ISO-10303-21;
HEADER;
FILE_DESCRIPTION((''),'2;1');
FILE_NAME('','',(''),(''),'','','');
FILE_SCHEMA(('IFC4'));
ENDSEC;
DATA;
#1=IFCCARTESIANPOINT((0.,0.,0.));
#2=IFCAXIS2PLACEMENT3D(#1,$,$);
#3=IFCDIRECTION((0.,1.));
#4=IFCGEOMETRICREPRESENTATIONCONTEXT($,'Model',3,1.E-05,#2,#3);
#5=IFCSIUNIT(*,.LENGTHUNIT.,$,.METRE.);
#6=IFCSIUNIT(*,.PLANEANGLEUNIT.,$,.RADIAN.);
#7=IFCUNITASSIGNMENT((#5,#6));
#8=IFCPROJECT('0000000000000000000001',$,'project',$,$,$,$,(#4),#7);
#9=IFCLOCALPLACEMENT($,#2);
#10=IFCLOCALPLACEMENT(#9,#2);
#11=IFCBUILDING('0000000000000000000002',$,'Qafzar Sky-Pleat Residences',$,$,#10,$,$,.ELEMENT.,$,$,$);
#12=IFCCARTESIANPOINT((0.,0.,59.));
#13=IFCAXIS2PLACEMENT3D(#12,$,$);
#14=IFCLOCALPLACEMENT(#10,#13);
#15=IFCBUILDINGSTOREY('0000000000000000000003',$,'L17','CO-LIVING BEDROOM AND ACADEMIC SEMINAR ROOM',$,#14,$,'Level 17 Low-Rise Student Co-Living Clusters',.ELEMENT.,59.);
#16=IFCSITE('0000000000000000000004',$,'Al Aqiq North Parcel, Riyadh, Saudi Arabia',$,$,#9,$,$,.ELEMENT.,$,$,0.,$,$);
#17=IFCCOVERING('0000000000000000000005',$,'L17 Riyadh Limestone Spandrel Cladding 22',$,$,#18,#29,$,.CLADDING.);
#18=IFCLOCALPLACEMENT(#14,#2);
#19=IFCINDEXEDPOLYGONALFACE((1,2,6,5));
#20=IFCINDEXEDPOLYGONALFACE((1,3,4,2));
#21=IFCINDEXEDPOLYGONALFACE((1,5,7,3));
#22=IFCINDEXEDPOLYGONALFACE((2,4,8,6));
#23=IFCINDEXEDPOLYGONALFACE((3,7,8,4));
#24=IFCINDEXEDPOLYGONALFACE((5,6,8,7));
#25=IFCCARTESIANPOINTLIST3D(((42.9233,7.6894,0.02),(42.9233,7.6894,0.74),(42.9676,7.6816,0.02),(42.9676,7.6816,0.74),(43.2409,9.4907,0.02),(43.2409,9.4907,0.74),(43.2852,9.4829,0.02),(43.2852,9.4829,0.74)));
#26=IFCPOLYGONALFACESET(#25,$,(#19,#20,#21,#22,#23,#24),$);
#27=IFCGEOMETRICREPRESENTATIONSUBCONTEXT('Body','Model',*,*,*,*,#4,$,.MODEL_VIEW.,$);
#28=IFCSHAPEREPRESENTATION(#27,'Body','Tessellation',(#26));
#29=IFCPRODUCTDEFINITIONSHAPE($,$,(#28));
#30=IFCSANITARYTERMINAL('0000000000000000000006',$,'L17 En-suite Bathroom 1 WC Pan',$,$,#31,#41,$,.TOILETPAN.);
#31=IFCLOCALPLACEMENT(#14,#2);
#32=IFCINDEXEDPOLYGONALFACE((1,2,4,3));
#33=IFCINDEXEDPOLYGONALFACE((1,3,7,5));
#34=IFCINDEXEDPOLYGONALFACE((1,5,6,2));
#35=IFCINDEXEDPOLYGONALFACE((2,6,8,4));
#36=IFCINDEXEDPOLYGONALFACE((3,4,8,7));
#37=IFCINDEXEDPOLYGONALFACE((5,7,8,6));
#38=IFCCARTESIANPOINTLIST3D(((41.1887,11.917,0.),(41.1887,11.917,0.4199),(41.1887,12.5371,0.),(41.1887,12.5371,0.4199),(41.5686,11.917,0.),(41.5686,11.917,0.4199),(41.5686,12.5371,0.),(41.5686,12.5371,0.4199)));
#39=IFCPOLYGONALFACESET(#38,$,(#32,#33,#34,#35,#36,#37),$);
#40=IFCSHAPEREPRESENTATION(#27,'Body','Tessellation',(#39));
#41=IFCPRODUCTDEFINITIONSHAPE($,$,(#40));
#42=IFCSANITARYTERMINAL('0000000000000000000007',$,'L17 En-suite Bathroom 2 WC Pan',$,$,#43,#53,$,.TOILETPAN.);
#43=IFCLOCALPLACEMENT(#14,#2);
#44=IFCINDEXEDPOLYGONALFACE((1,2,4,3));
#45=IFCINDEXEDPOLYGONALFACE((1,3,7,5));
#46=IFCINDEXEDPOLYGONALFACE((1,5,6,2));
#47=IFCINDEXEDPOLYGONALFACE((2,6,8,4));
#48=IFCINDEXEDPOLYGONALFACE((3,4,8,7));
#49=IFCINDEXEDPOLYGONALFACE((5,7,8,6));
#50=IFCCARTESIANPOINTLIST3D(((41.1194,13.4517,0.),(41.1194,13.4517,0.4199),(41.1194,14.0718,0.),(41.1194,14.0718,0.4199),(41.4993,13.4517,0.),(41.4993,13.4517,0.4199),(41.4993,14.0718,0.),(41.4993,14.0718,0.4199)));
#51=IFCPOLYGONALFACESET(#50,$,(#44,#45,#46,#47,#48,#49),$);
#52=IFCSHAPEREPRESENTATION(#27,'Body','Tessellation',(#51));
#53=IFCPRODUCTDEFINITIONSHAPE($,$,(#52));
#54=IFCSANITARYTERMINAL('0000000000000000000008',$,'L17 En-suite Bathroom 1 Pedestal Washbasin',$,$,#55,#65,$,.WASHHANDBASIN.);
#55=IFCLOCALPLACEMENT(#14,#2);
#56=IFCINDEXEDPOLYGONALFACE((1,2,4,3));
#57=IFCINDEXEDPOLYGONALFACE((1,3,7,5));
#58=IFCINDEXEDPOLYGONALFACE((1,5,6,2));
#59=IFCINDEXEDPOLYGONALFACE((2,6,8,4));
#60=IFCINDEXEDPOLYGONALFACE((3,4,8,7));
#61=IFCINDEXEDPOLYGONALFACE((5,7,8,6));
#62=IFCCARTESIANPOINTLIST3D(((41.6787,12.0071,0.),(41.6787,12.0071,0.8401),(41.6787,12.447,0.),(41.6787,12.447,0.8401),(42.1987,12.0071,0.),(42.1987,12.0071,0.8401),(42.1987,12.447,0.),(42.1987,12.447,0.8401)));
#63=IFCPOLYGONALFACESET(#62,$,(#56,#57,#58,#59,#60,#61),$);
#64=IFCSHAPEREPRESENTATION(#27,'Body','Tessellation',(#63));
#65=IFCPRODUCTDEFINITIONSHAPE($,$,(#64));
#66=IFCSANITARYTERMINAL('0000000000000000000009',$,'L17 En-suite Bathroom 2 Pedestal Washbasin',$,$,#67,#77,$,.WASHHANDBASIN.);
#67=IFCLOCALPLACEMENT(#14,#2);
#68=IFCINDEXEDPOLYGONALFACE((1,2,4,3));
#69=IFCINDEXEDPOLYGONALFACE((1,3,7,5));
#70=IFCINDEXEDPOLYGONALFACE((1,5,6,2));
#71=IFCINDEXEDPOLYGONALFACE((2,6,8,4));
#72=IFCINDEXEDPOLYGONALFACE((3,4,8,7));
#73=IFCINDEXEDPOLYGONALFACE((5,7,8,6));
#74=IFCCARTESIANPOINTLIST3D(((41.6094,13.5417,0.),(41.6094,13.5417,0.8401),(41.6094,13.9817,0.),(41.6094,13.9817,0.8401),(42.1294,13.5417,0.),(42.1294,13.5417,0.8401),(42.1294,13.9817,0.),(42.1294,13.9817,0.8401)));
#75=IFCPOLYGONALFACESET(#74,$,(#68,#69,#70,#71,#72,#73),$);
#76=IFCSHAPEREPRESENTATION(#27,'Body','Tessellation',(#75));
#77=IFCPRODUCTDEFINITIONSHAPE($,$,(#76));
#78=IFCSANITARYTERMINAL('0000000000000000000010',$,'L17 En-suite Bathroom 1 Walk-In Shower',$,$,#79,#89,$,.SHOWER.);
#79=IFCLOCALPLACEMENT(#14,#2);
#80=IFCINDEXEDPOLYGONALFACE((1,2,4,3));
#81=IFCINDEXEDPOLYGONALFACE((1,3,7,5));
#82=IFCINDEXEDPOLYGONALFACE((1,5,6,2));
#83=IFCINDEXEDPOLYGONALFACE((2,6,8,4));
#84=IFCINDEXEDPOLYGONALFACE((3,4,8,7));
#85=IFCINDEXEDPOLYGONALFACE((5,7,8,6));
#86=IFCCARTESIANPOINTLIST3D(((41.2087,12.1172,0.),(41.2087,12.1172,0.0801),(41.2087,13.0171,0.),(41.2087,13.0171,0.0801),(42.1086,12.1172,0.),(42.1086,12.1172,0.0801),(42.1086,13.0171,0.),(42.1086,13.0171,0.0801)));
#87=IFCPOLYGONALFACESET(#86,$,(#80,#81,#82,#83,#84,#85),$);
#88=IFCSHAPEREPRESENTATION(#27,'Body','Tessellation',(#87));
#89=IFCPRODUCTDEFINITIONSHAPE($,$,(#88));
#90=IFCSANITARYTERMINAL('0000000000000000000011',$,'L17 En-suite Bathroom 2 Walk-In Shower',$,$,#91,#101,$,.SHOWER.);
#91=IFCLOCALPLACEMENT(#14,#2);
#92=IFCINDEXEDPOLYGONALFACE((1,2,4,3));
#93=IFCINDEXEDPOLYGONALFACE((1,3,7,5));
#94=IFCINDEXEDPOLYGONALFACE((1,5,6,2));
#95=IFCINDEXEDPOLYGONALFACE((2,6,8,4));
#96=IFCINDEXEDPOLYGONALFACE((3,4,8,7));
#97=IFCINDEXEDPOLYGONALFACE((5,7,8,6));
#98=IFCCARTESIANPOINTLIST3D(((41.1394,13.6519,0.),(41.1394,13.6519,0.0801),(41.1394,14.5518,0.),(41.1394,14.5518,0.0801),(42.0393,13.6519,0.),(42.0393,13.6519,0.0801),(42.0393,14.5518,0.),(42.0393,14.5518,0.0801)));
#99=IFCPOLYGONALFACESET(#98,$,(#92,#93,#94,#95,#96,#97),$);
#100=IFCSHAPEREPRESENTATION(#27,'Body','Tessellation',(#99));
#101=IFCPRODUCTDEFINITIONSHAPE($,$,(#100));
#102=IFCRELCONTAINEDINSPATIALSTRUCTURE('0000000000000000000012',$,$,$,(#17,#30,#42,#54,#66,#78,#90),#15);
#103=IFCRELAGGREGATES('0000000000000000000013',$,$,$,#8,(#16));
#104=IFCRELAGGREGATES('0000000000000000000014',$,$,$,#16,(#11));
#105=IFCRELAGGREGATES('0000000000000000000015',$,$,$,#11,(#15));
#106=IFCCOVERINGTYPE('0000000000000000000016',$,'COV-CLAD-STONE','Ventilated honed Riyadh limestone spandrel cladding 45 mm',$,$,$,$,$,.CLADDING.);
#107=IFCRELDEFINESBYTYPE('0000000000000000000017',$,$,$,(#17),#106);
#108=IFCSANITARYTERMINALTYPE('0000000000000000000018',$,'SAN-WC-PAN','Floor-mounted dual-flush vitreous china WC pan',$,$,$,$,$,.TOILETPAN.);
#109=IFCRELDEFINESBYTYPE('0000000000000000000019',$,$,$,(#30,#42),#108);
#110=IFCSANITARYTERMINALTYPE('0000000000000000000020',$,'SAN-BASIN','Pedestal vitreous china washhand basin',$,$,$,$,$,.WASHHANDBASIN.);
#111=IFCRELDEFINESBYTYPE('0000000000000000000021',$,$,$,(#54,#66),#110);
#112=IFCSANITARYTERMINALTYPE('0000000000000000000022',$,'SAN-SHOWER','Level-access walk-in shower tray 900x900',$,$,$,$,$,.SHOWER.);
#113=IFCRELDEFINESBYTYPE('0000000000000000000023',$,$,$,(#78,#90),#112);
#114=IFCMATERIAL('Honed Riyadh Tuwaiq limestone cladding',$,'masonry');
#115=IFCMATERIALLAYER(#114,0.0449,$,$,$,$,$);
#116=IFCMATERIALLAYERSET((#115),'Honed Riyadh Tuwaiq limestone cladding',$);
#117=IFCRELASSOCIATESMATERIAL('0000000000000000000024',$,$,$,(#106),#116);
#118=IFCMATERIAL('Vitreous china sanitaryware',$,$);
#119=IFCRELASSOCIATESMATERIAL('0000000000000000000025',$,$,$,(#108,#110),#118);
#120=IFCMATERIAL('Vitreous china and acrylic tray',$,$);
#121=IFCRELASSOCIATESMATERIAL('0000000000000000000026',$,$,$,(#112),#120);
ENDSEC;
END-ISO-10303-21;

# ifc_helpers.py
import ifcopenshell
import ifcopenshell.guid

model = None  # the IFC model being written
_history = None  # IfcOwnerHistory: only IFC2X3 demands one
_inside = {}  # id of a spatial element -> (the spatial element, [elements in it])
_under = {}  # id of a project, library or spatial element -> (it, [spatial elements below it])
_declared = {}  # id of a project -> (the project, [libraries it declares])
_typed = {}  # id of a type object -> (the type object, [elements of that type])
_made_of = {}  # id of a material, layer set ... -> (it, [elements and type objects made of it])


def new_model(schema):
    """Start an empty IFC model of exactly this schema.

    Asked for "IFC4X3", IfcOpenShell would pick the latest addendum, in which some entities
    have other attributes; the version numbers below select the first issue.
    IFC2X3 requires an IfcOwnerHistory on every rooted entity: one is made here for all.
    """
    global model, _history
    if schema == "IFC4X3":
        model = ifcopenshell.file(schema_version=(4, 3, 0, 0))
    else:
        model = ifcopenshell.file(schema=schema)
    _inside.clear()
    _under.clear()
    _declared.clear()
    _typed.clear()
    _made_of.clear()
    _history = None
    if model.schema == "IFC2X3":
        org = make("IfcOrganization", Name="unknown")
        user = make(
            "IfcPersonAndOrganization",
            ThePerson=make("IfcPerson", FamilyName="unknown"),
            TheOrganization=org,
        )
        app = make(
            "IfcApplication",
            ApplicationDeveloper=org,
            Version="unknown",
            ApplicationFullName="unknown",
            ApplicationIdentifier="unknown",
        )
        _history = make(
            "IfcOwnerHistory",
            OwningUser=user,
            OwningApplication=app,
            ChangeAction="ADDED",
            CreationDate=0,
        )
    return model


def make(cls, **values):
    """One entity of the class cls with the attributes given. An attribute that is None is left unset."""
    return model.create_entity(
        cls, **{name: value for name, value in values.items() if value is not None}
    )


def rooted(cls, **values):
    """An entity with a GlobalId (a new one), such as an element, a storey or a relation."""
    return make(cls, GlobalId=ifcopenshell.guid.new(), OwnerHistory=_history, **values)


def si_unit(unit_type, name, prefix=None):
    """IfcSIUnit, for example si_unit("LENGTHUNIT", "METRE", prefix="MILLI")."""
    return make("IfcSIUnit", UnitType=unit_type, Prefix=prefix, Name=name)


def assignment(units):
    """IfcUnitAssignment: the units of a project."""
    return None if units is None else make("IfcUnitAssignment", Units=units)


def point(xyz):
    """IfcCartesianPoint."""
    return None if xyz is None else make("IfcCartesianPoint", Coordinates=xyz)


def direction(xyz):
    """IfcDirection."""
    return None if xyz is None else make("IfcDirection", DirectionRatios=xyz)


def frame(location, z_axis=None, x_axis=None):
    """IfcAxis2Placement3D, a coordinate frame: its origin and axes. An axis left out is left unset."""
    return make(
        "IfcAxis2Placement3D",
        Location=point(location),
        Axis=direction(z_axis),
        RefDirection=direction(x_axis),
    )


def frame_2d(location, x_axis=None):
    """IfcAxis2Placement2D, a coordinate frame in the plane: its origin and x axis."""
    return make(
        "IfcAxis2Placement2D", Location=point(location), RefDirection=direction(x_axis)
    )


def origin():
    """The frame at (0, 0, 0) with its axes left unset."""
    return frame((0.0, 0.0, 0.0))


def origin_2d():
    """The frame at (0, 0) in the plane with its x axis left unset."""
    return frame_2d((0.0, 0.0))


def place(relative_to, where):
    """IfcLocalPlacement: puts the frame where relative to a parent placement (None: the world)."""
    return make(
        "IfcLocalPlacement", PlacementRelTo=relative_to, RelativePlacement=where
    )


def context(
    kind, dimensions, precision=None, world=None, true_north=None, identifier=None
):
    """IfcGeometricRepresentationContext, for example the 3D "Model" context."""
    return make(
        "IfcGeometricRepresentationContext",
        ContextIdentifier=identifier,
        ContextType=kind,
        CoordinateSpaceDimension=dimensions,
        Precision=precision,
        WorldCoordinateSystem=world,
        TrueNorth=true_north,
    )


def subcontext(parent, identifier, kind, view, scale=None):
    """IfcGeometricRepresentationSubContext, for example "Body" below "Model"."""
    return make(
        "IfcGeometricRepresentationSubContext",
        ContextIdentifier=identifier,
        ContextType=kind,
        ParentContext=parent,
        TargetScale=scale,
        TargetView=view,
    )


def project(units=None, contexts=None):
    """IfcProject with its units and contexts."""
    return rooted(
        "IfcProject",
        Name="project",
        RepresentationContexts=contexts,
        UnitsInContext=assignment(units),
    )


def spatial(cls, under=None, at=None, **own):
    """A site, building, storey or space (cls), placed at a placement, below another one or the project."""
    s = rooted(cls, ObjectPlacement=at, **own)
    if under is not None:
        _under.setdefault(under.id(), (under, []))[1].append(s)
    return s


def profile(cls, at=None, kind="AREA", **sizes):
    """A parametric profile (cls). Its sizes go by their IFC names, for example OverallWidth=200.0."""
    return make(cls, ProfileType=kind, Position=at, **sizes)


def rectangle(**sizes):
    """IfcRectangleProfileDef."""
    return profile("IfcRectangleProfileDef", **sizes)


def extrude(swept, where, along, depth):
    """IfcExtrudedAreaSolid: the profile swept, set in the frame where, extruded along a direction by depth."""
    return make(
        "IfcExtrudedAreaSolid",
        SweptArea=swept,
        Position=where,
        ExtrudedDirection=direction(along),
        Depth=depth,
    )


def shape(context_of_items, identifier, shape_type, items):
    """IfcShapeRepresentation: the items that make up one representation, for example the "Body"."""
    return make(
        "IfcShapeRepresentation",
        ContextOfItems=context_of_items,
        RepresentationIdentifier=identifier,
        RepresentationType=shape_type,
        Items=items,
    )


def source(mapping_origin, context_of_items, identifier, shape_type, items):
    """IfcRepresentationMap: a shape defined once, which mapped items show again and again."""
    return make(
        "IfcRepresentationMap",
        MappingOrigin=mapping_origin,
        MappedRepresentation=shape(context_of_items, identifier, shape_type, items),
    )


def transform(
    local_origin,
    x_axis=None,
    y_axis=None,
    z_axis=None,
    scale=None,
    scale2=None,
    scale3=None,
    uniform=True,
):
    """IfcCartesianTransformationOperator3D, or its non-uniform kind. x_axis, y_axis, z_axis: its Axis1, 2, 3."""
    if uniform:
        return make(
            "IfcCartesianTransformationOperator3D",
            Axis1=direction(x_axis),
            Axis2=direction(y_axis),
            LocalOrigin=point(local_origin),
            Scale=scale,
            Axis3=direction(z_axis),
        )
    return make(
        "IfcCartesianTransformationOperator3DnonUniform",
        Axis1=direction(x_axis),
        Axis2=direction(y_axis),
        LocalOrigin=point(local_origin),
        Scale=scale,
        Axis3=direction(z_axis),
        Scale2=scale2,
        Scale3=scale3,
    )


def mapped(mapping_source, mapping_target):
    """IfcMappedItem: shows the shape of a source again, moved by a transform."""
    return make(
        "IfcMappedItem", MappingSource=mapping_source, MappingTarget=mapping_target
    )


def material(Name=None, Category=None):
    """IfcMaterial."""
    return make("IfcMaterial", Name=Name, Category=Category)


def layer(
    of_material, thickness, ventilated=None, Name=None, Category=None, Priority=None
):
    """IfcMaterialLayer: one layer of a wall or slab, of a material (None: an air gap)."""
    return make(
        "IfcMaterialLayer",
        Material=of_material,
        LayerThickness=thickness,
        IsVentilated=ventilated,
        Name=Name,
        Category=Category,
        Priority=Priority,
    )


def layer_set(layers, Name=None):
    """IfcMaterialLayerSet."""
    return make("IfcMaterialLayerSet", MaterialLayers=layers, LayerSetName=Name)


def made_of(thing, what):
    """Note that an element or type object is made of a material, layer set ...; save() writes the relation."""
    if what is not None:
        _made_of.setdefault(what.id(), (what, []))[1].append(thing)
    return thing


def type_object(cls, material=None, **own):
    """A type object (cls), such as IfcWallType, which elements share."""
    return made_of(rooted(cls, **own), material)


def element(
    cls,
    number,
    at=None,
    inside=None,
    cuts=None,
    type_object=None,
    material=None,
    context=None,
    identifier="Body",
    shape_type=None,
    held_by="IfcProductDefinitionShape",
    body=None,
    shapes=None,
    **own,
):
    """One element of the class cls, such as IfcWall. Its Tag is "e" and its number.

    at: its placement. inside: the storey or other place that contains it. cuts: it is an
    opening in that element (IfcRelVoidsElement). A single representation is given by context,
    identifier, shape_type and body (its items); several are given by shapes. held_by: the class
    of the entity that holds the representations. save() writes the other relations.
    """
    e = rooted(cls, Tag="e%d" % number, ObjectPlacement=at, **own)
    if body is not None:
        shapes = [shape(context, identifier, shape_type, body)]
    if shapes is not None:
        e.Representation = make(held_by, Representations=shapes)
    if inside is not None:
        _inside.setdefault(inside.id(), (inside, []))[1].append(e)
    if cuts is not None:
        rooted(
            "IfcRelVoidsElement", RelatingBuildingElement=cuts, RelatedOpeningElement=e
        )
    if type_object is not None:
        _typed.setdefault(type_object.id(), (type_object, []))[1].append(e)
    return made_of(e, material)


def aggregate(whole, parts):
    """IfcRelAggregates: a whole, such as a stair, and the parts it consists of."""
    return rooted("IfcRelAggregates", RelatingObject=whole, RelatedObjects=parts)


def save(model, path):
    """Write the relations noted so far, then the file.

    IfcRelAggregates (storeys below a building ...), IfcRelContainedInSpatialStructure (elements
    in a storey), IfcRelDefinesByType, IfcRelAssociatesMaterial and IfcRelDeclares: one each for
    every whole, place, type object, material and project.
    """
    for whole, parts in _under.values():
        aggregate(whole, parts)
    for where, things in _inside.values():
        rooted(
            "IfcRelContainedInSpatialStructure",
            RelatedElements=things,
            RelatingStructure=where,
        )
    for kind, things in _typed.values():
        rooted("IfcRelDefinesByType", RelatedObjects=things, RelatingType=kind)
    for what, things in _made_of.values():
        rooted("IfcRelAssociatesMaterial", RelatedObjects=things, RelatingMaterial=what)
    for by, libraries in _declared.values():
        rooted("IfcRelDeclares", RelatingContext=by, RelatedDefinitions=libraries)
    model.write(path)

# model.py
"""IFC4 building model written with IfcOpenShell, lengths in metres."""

from ifc_helpers import new_model, si_unit, direction, frame, origin, origin_2d, place, context, subcontext, project, spatial, rectangle, extrude, source, transform, mapped, material, layer, layer_set, type_object, element, save


model = new_model("IFC4")

# Units and contexts
model_context = context("Model", 3, precision=1e-05, world=origin(), true_north=direction((0.0, 1.0)))
body_context = subcontext(model_context, "Body", "Model", "MODEL_VIEW")
ifc_project = project(units=[si_unit("LENGTHUNIT", "METRE"), si_unit("PLANEANGLEUNIT", "RADIAN")], contexts=[model_context])

# Site, building, storey
site_placement = place(None, origin())
site = spatial("IfcSite", under=ifc_project, at=site_placement, Name="Al Aqiq North Parcel, Riyadh, Saudi Arabia", CompositionType="ELEMENT", RefElevation=0.0)
building_placement = place(site_placement, origin())
building = spatial("IfcBuilding", under=site, at=building_placement, Name="Qafzar Sky-Pleat Residences", CompositionType="ELEMENT")
storey_placement = place(building_placement, frame((0.0, 0.0, 59.0)))
storey = spatial("IfcBuildingStorey", under=building, at=storey_placement, Name="L17", Description="CO-LIVING BEDROOM AND ACADEMIC SEMINAR ROOM", LongName="Level 17 Low-Rise Student Co-Living Clusters", CompositionType="ELEMENT", Elevation=59.0)

# Covering
ifc_material_1 = material(Name="Honed Riyadh Tuwaiq limestone cladding", Category="masonry")
ifc_layer_1 = layer(ifc_material_1, 0.0449)
ifc_layer_set_1 = layer_set([ifc_layer_1], Name="Honed Riyadh Tuwaiq limestone cladding")
covering_type = type_object("IfcCoveringType", Name="COV-CLAD-STONE", Description="Ventilated honed Riyadh limestone spandrel cladding 45 mm", PredefinedType="CLADDING", material=ifc_layer_set_1)
shared_shape_1 = source(origin(), body_context, "Body", "SweptSolid", [
    extrude(rectangle(XDim=1.8291, YDim=0.0449, at=origin_2d()), origin(), (0.0, 0.0, 1.0), 0.72),
])
covering_placement = place(storey_placement, frame((43.1042, 8.5862, 0.02), z_axis=(0.0, 0.0, 1.0), x_axis=(0.173648, 0.984808, 0.0)))
element("IfcCovering", 1, at=covering_placement, inside=storey, type_object=covering_type, Name="L17 Riyadh Limestone Spandrel Cladding 22", PredefinedType="CLADDING", context=body_context, shape_type="MappedRepresentation", body=[
    mapped(shared_shape_1, transform((0.0, 0.0, 0.0), x_axis=(1.0, 0.0, 0.0), y_axis=(0.0, 1.0, 0.0), z_axis=(0.0, 0.0, 1.0), scale=1.0)),
])

# Sanitary terminals
ifc_material_2 = material(Name="Vitreous china sanitaryware")
sanitary_terminal_type_1 = type_object("IfcSanitaryTerminalType", Name="SAN-WC-PAN", Description="Floor-mounted dual-flush vitreous china WC pan", PredefinedType="TOILETPAN", material=ifc_material_2)
shared_shape_2 = source(origin(), body_context, "Body", "SweptSolid", [
    extrude(rectangle(XDim=0.3799, YDim=0.6201, at=origin_2d()), origin(), (0.0, 0.0, 1.0), 0.4199),
])
for number, where, z_axis, x_axis, name in (
    (2, (41.3787, 12.2271, 0.0), (0.0, 0.0, 1.0), (1.0, 0.0, 0.0), "L17 En-suite Bathroom 1 WC Pan"),
    (3, (41.3093, 13.7617, 0.0), (0.0, 0.0, 1.0), (1.0, 0.0, 0.0), "L17 En-suite Bathroom 2 WC Pan"),
):
    element("IfcSanitaryTerminal", number, at=place(storey_placement, frame(where, z_axis=z_axis, x_axis=x_axis)), inside=storey, type_object=sanitary_terminal_type_1, Name=name, PredefinedType="TOILETPAN", context=body_context, shape_type="MappedRepresentation", body=[
        mapped(shared_shape_2, transform((0.0, 0.0, 0.0), x_axis=(1.0, 0.0, 0.0), y_axis=(0.0, 1.0, 0.0), z_axis=(0.0, 0.0, 1.0), scale=1.0)),
    ])
sanitary_terminal_type_2 = type_object("IfcSanitaryTerminalType", Name="SAN-BASIN", Description="Pedestal vitreous china washhand basin", PredefinedType="WASHHANDBASIN", material=ifc_material_2)
shared_shape_3 = source(origin(), body_context, "Body", "SweptSolid", [
    extrude(rectangle(XDim=0.52, YDim=0.4399, at=origin_2d()), origin(), (0.0, 0.0, 1.0), 0.8401),
])
for number, where, z_axis, x_axis, name in (
    (4, (41.9387, 12.2271, 0.0), (0.0, 0.0, 1.0), (1.0, 0.0, 0.0), "L17 En-suite Bathroom 1 Pedestal Washbasin"),
    (5, (41.8694, 13.7617, 0.0), (0.0, 0.0, 1.0), (1.0, 0.0, 0.0), "L17 En-suite Bathroom 2 Pedestal Washbasin"),
):
    element("IfcSanitaryTerminal", number, at=place(storey_placement, frame(where, z_axis=z_axis, x_axis=x_axis)), inside=storey, type_object=sanitary_terminal_type_2, Name=name, PredefinedType="WASHHANDBASIN", context=body_context, shape_type="MappedRepresentation", body=[
        mapped(shared_shape_3, transform((0.0, 0.0, 0.0), x_axis=(1.0, 0.0, 0.0), y_axis=(0.0, 1.0, 0.0), z_axis=(0.0, 0.0, 1.0), scale=1.0)),
    ])
ifc_material_3 = material(Name="Vitreous china and acrylic tray")
sanitary_terminal_type_3 = type_object("IfcSanitaryTerminalType", Name="SAN-SHOWER", Description="Level-access walk-in shower tray 900x900", PredefinedType="SHOWER", material=ifc_material_3)
shared_shape_4 = source(origin(), body_context, "Body", "SweptSolid", [
    extrude(rectangle(XDim=0.8999, YDim=0.8999, at=origin_2d()), origin(), (0.0, 0.0, 1.0), 0.0801),
])
for number, where, z_axis, x_axis, name in (
    (6, (41.6587, 12.5671, 0.0), (0.0, 0.0, 1.0), (1.0, 0.0, 0.0), "L17 En-suite Bathroom 1 Walk-In Shower"),
    (7, (41.5894, 14.1018, 0.0), (0.0, 0.0, 1.0), (1.0, 0.0, 0.0), "L17 En-suite Bathroom 2 Walk-In Shower"),
):
    element("IfcSanitaryTerminal", number, at=place(storey_placement, frame(where, z_axis=z_axis, x_axis=x_axis)), inside=storey, type_object=sanitary_terminal_type_3, Name=name, PredefinedType="SHOWER", context=body_context, shape_type="MappedRepresentation", body=[
        mapped(shared_shape_4, transform((0.0, 0.0, 0.0), x_axis=(1.0, 0.0, 0.0), y_axis=(0.0, 1.0, 0.0), z_axis=(0.0, 0.0, 1.0), scale=1.0)),
    ])

save(model, "model.ifc")
